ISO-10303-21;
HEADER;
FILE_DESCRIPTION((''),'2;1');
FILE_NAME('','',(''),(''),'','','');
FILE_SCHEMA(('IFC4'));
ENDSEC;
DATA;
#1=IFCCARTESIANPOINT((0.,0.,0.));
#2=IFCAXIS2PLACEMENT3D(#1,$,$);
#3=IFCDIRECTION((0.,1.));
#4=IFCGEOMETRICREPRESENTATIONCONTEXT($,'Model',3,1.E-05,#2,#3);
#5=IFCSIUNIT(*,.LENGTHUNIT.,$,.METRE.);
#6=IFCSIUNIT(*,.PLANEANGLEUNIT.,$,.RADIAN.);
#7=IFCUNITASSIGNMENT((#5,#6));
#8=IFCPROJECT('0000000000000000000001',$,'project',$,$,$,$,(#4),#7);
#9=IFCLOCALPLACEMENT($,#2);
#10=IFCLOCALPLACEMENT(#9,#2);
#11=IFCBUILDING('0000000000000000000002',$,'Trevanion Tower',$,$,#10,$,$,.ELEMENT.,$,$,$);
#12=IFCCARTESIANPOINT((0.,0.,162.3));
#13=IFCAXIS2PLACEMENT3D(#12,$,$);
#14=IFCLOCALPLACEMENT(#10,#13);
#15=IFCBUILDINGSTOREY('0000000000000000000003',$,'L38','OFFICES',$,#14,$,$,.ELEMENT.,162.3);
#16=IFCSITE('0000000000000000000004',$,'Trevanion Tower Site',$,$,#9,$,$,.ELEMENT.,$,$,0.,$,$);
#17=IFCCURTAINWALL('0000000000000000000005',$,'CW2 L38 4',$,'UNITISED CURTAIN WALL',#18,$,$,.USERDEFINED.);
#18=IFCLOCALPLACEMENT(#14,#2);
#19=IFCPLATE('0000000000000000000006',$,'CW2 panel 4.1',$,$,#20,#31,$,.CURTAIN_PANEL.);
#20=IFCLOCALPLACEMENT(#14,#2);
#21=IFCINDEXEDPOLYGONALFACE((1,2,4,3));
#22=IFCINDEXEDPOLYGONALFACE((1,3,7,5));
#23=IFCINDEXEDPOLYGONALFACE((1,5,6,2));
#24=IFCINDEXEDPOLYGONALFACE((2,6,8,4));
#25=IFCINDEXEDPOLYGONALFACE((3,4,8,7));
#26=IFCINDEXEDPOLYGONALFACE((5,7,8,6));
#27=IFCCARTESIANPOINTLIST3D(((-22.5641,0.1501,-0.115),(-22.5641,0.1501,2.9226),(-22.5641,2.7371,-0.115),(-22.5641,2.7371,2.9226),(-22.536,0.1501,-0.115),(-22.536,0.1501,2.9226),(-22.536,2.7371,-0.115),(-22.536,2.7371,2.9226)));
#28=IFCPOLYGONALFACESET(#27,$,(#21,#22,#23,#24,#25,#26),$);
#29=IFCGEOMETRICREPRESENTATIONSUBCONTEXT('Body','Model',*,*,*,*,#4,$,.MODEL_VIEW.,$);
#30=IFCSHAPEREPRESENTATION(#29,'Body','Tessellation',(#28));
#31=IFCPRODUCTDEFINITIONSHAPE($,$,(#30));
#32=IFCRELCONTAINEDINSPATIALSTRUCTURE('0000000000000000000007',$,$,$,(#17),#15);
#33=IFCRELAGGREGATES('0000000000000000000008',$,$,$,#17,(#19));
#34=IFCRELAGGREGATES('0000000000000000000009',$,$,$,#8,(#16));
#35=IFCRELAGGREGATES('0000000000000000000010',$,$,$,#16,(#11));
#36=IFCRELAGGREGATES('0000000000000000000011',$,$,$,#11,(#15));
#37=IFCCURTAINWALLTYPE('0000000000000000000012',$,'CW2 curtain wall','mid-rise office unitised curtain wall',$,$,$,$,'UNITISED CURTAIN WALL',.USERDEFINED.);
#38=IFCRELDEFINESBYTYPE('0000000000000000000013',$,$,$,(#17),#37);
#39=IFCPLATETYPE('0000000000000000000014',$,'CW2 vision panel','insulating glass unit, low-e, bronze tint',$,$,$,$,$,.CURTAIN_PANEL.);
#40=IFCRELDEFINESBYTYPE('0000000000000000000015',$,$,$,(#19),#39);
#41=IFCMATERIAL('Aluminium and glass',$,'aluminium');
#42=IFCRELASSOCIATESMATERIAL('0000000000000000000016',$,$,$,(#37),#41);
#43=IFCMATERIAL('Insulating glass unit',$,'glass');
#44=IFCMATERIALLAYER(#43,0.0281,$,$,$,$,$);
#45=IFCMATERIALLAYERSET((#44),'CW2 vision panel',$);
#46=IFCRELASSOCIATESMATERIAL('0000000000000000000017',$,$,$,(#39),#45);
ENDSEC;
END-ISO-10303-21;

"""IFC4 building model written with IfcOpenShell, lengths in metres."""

from ifc_helpers import new_model, si_unit, direction, frame, origin, origin_2d, place, context, subcontext, project, spatial, rectangle, extrude, material, layer, layer_set, type_object, element, aggregate, save


model = new_model("IFC4")

# Units and contexts
model_context = context("Model", 3, precision=1e-05, world=origin(), true_north=direction((0.0, 1.0)))
body_context = subcontext(model_context, "Body", "Model", "MODEL_VIEW")
ifc_project = project(units=[si_unit("LENGTHUNIT", "METRE"), si_unit("PLANEANGLEUNIT", "RADIAN")], contexts=[model_context])

# Site, building, storey
site_placement = place(None, origin())
site = spatial("IfcSite", under=ifc_project, at=site_placement, Name="Trevanion Tower Site", CompositionType="ELEMENT", RefElevation=0.0)
building_placement = place(site_placement, origin())
building = spatial("IfcBuilding", under=site, at=building_placement, Name="Trevanion Tower", CompositionType="ELEMENT")
storey_placement = place(building_placement, frame((0.0, 0.0, 162.3)))
storey = spatial("IfcBuildingStorey", under=building, at=storey_placement, Name="L38", Description="OFFICES", CompositionType="ELEMENT", Elevation=162.3)

# Curtain wall, plate
ifc_material_1 = material(Name="Aluminium and glass", Category="aluminium")
curtain_wall_type = type_object("IfcCurtainWallType", Name="CW2 curtain wall", Description="mid-rise office unitised curtain wall", ElementType="UNITISED CURTAIN WALL", PredefinedType="USERDEFINED", material=ifc_material_1)
curtain_wall_placement = place(storey_placement, origin())
curtain_wall = element("IfcCurtainWall", 1, at=curtain_wall_placement, inside=storey, type_object=curtain_wall_type, Name="CW2 L38 4", ObjectType="UNITISED CURTAIN WALL", PredefinedType="USERDEFINED")
ifc_material_2 = material(Name="Insulating glass unit", Category="glass")
ifc_layer_1 = layer(ifc_material_2, 0.0281)
ifc_layer_set_1 = layer_set([ifc_layer_1], Name="CW2 vision panel")
plate_type_1 = type_object("IfcPlateType", Name="CW2 vision panel", Description="insulating glass unit, low-e, bronze tint", PredefinedType="CURTAIN_PANEL", material=ifc_layer_set_1)
plate_1_placement = place(storey_placement, frame((-22.55, 1.4436, -0.115), z_axis=(0.0, 0.0, 1.0), x_axis=(0.0, -1.0, 0.0)))
plate_1 = element("IfcPlate", 2, at=plate_1_placement, type_object=plate_type_1, Name="CW2 panel 4.1", PredefinedType="CURTAIN_PANEL", context=body_context, shape_type="SweptSolid", body=[
    extrude(rectangle(XDim=2.5869, YDim=0.0281, at=origin_2d()), origin(), (0.0, 0.0, 1.0), 3.0376),
])
aggregate(curtain_wall, [plate_1])

save(model, "model.ifc")
